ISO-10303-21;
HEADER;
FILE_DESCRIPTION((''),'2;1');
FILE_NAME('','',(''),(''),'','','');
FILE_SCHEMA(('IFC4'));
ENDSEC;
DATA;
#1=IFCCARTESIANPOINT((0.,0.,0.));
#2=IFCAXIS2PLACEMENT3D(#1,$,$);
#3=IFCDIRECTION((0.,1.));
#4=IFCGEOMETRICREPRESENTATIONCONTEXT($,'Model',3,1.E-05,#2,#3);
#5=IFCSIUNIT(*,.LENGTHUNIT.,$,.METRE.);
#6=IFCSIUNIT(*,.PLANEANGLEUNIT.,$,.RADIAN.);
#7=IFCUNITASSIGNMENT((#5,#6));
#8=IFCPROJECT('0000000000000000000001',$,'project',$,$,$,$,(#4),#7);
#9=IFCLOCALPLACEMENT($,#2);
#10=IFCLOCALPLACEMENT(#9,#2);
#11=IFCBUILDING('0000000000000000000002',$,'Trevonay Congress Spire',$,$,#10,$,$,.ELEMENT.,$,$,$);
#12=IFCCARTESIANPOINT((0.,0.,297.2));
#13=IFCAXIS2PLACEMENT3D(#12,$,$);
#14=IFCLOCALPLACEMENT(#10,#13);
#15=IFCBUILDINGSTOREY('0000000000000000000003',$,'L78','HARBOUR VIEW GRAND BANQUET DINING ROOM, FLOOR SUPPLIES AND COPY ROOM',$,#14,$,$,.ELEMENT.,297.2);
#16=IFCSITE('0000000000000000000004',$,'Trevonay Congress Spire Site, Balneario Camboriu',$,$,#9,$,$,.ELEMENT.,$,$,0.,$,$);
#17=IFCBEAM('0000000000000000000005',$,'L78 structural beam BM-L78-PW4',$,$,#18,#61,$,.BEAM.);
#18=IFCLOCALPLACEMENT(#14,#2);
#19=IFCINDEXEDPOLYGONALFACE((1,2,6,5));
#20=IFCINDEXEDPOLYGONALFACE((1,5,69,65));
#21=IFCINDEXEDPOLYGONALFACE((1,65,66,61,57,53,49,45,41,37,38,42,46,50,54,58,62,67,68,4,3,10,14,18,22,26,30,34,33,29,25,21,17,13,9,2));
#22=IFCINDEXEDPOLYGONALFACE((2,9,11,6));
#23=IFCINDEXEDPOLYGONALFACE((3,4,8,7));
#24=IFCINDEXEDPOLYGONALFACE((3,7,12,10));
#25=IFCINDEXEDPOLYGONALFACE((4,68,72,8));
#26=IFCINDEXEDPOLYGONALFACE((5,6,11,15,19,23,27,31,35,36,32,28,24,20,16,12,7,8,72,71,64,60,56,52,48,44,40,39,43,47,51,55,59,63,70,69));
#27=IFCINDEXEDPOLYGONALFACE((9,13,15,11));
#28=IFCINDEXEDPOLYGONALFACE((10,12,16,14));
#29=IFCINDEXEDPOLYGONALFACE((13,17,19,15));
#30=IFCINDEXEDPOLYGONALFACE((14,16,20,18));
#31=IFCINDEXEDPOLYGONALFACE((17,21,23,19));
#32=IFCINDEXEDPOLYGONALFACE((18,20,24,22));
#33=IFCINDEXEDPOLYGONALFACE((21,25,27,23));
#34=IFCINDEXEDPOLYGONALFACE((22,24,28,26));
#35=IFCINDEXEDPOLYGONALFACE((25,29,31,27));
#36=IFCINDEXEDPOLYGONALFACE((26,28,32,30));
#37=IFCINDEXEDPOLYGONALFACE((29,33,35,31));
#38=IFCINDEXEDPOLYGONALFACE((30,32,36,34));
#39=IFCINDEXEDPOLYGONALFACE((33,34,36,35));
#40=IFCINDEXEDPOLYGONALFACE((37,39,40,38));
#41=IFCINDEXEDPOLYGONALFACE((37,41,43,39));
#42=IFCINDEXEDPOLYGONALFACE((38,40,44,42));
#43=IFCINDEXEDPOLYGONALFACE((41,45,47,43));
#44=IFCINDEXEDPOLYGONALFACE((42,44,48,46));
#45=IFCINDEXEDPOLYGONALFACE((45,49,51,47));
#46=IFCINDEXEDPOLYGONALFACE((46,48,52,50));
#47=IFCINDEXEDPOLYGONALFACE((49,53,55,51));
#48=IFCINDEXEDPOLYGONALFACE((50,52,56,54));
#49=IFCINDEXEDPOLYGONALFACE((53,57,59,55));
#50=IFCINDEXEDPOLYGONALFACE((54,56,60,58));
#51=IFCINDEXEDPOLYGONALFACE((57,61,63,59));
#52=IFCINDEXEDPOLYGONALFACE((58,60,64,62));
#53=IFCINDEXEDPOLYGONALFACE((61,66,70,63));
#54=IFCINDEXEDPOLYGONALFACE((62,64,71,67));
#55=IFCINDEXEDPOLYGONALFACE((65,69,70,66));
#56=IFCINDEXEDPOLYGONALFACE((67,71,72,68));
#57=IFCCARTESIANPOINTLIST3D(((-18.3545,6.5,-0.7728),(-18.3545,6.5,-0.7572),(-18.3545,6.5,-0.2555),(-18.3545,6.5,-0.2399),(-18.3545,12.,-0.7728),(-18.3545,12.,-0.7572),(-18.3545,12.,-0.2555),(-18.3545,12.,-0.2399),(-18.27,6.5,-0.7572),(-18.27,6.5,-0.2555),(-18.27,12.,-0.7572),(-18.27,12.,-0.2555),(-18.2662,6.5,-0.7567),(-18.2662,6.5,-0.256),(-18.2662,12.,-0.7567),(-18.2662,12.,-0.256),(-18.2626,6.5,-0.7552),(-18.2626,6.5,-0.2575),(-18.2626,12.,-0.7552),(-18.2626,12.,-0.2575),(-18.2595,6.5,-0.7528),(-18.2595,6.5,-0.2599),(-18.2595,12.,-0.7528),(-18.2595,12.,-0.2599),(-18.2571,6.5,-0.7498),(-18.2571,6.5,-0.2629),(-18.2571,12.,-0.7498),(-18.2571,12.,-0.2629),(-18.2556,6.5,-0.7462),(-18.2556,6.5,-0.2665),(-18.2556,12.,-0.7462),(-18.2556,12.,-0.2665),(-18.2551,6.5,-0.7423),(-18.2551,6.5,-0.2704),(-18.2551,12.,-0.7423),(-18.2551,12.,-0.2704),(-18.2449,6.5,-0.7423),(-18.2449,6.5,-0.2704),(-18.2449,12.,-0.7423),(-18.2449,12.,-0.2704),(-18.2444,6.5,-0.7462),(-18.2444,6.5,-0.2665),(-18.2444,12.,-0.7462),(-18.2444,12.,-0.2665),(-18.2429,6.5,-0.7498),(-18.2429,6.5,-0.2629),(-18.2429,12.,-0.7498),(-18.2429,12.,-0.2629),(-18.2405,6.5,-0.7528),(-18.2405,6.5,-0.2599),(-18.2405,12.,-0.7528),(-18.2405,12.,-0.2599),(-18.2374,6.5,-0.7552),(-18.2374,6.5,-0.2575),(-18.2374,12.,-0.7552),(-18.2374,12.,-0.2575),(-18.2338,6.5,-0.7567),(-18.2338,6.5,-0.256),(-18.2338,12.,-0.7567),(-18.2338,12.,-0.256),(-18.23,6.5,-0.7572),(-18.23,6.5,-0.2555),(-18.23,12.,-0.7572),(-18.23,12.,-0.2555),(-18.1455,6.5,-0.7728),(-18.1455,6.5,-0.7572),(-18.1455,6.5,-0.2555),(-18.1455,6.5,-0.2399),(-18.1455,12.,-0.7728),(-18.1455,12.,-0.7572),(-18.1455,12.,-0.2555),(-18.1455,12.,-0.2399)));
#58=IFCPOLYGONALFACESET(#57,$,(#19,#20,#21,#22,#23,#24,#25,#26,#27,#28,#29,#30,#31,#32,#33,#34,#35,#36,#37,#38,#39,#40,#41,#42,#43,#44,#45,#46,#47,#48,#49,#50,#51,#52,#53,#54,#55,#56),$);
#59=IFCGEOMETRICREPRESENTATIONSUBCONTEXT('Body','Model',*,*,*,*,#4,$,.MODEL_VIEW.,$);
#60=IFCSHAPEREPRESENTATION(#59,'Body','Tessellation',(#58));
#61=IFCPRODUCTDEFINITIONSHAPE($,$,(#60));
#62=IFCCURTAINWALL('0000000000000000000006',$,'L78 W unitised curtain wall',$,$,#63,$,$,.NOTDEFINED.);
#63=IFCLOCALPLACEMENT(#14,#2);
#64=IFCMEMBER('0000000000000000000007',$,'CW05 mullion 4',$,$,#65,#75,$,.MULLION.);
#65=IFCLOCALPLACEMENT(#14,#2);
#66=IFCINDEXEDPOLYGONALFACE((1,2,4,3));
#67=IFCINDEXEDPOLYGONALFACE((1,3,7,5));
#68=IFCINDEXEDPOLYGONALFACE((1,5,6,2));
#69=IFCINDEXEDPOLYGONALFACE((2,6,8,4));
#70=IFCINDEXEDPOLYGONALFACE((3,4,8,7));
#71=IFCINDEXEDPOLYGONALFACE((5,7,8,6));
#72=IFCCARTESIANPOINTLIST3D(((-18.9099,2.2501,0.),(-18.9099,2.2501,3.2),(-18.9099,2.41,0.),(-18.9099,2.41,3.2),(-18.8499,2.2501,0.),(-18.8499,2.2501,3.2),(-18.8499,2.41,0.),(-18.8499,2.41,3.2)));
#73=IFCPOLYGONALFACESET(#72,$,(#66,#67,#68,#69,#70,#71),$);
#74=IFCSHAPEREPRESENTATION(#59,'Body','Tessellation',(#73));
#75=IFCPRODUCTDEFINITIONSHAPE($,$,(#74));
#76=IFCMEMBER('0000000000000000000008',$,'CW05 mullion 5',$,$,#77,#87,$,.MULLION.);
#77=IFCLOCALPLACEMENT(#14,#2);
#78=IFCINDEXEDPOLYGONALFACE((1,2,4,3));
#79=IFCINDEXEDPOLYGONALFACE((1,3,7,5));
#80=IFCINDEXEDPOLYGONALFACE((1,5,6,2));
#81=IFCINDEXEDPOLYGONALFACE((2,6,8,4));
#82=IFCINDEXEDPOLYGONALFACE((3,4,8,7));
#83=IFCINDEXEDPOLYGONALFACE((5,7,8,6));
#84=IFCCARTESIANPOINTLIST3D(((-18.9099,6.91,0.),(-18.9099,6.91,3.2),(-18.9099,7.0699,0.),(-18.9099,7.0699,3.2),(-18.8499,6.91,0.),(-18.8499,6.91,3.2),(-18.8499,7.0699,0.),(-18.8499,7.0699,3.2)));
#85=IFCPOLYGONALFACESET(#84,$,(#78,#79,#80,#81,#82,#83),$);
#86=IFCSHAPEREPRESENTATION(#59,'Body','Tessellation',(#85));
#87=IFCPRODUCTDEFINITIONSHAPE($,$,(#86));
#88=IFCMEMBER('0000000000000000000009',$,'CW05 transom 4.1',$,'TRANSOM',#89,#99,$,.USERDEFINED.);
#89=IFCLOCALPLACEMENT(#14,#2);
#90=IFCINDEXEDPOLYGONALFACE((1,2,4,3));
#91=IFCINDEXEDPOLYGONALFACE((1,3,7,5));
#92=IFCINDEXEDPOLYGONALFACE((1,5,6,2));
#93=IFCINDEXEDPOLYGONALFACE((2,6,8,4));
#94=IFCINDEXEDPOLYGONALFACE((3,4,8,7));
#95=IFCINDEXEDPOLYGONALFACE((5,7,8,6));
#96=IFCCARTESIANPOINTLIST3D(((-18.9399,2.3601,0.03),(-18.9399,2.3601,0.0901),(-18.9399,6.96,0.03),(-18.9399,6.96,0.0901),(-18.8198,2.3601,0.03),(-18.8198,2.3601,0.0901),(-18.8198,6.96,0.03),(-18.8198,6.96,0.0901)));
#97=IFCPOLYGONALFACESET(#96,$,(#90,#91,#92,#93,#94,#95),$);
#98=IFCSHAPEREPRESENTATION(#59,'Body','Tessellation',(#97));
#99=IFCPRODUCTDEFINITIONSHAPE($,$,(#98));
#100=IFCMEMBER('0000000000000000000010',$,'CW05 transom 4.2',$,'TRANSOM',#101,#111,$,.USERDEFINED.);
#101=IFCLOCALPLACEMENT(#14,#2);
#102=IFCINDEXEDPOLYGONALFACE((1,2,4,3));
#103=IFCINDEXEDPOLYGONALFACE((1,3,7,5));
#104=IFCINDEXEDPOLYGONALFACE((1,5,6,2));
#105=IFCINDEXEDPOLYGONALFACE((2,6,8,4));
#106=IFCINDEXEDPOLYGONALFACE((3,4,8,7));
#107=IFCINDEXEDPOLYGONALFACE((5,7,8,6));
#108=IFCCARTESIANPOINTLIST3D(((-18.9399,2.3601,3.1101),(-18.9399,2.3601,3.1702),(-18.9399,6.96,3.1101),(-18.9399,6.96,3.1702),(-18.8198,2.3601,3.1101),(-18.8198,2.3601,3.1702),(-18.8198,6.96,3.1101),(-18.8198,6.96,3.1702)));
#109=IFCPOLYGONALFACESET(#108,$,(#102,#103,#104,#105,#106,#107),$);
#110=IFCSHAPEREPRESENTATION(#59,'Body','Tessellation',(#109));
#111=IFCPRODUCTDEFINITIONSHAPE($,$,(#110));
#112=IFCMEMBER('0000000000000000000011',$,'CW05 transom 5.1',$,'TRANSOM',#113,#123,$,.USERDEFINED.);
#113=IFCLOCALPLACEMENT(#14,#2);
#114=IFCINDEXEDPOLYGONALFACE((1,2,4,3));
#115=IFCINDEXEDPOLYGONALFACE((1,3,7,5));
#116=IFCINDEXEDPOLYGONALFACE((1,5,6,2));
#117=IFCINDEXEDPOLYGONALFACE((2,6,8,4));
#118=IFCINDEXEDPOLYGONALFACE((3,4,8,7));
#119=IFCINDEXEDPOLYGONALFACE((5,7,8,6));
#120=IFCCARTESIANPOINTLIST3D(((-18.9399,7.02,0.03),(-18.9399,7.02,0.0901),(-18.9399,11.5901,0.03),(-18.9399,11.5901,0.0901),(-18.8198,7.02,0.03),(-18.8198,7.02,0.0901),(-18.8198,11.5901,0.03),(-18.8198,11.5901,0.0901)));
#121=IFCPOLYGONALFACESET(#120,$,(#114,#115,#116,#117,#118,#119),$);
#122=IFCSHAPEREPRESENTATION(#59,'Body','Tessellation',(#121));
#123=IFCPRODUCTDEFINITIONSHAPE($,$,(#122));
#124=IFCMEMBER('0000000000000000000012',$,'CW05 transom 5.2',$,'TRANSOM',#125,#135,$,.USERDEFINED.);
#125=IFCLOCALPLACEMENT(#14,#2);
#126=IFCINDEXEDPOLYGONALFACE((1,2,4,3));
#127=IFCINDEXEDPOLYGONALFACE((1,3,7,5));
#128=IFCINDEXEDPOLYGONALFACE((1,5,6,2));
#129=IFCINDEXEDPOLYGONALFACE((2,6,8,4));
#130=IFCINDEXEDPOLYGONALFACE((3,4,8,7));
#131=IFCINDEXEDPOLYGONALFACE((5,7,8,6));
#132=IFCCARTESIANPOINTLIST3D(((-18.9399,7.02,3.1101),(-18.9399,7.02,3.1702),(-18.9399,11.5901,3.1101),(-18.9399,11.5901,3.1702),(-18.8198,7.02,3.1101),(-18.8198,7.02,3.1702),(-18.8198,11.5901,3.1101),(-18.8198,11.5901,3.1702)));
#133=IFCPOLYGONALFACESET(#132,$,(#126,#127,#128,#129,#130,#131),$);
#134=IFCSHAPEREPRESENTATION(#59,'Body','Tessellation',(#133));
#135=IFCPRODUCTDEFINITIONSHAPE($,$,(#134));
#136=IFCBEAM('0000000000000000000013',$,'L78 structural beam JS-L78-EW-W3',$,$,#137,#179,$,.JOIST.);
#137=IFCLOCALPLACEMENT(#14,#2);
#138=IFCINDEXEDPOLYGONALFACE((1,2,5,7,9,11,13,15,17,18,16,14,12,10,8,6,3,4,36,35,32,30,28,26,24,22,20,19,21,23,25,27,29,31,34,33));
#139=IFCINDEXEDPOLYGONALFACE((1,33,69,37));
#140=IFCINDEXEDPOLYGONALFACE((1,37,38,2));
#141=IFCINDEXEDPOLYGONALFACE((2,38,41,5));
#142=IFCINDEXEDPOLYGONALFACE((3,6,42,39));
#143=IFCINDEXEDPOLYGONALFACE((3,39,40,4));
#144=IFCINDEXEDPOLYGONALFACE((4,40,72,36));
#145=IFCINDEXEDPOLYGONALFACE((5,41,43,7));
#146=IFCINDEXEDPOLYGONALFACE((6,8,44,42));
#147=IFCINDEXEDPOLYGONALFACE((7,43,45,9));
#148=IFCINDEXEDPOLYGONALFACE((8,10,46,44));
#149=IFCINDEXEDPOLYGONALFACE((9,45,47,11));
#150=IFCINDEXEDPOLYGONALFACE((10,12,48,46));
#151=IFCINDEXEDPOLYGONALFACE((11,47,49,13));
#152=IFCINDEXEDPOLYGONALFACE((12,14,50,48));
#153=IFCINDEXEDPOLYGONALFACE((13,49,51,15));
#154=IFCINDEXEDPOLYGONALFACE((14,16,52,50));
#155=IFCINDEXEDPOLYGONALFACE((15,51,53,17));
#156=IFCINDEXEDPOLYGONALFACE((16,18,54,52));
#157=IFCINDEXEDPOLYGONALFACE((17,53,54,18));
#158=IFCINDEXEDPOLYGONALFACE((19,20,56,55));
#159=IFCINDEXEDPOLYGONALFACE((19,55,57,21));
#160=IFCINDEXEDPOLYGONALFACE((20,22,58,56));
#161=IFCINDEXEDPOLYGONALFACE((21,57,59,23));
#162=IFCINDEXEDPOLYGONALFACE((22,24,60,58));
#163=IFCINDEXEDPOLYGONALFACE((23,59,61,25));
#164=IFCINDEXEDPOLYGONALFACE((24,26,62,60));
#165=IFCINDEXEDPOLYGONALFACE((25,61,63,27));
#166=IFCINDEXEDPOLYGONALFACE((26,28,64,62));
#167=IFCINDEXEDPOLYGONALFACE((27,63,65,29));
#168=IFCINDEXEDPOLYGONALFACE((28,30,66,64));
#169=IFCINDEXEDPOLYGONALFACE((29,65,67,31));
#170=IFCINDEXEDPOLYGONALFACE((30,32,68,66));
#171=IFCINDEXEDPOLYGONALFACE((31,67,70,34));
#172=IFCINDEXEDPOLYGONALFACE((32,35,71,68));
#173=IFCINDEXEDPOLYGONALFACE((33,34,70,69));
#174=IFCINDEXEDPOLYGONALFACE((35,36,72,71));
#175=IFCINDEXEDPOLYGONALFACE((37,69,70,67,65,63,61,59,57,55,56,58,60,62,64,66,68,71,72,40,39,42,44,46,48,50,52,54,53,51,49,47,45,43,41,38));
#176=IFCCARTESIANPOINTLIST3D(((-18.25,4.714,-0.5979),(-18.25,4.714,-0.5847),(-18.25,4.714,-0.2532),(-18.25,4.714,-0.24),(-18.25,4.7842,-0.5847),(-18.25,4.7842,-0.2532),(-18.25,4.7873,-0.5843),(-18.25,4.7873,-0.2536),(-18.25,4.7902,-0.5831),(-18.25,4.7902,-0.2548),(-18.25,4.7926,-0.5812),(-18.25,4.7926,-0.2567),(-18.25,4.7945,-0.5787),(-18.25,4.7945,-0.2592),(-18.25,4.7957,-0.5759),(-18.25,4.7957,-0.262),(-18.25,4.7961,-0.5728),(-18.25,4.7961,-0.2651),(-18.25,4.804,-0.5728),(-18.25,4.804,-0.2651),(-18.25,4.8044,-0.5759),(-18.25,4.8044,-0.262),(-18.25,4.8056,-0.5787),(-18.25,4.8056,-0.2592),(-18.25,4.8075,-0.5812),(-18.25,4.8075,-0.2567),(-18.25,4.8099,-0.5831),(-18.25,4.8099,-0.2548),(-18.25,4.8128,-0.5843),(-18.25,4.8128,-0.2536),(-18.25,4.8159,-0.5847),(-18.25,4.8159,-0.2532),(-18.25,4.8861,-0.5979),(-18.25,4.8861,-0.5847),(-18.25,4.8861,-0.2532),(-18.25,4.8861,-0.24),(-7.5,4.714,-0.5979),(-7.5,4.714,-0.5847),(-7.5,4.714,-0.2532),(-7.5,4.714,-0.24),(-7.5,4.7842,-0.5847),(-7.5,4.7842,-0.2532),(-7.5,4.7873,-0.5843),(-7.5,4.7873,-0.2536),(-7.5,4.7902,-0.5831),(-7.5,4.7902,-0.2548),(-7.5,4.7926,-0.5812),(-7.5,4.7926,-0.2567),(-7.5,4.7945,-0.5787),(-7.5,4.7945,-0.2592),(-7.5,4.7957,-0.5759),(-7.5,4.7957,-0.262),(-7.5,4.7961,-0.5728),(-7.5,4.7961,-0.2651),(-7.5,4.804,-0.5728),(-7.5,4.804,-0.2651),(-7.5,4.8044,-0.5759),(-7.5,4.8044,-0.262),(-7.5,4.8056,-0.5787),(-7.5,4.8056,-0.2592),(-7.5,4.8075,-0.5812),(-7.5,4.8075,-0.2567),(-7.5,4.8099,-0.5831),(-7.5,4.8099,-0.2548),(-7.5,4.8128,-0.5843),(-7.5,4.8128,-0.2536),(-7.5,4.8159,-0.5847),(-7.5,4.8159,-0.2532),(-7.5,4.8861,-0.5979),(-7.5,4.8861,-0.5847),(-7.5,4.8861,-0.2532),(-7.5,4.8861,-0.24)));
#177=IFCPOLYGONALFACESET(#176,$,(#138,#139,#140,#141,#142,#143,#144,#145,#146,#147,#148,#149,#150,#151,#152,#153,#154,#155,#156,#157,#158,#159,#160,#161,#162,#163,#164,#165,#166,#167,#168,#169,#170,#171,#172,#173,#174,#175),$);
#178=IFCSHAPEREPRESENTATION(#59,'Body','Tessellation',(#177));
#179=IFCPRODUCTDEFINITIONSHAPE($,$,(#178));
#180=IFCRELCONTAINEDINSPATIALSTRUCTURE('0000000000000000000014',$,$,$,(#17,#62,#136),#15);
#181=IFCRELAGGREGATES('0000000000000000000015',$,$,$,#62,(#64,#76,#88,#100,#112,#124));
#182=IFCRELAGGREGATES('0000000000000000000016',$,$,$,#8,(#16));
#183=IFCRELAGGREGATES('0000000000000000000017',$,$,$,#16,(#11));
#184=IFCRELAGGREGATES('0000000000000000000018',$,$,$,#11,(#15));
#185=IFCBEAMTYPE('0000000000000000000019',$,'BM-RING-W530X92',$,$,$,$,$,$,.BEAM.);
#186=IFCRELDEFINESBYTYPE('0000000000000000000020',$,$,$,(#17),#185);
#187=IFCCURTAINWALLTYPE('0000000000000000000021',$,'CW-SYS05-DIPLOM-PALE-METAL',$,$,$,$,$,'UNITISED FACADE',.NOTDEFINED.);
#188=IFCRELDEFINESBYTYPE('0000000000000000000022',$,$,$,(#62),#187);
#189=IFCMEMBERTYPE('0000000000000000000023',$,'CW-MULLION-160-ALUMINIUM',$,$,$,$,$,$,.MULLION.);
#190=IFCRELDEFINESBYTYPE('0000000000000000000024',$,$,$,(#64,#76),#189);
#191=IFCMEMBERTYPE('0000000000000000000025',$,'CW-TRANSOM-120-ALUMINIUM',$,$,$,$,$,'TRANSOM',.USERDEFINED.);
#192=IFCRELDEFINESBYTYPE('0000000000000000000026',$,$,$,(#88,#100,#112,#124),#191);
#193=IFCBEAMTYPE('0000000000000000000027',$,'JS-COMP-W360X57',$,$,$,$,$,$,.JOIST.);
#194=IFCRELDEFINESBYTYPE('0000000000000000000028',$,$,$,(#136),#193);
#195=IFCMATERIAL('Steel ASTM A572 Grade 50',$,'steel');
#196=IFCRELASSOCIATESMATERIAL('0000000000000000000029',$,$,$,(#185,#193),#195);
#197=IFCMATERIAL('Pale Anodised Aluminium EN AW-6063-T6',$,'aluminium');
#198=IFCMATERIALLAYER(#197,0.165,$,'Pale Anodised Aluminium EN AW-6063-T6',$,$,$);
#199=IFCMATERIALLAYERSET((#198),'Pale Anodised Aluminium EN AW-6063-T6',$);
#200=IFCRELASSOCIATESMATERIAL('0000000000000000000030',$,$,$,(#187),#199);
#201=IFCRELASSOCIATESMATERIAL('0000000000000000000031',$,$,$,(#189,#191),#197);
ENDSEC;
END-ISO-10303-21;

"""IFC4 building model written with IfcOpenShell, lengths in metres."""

from ifc_helpers import new_model, si_unit, direction, frame, origin, origin_2d, place, context, subcontext, project, spatial, rectangle, i_section, extrude, material, layer, layer_set, material_profile, profile_set, type_object, element, aggregate, save


model = new_model("IFC4")

# Units and contexts
model_context = context("Model", 3, precision=1e-05, world=origin(), true_north=direction((0.0, 1.0)))
body_context = subcontext(model_context, "Body", "Model", "MODEL_VIEW")
ifc_project = project(units=[si_unit("LENGTHUNIT", "METRE"), si_unit("PLANEANGLEUNIT", "RADIAN")], contexts=[model_context])

# Site, building, storey
site_placement = place(None, origin())
site = spatial("IfcSite", under=ifc_project, at=site_placement, Name="Trevonay Congress Spire Site, Balneario Camboriu", CompositionType="ELEMENT", RefElevation=0.0)
building_placement = place(site_placement, origin())
building = spatial("IfcBuilding", under=site, at=building_placement, Name="Trevonay Congress Spire", CompositionType="ELEMENT")
storey_placement = place(building_placement, frame((0.0, 0.0, 297.2)))
storey = spatial("IfcBuildingStorey", under=building, at=storey_placement, Name="L78", Description="HARBOUR VIEW GRAND BANQUET DINING ROOM, FLOOR SUPPLIES AND COPY ROOM", CompositionType="ELEMENT", Elevation=297.2)

# Shared definitions
ifc_material_1 = material(Name="Steel ASTM A572 Grade 50", Category="steel")

# Beam
ifc_material_profile_1 = material_profile(ifc_material_1, i_section(OverallWidth=0.209, OverallDepth=0.533, WebThickness=0.0103, FlangeThickness=0.0156, FilletRadius=0.0149, at=origin_2d()), Name="W530x92")
ifc_profile_set_1 = profile_set([ifc_material_profile_1], Name="Steel ASTM A572 Grade 50")
beam_type_1 = type_object("IfcBeamType", Name="BM-RING-W530X92", PredefinedType="BEAM", material=ifc_profile_set_1)
beam_1_placement = place(storey_placement, frame((-18.25, 6.5, -0.5063), z_axis=(0.0, 1.0, 0.0), x_axis=(-1.0, 0.0, 0.0)))
element("IfcBeam", 1, at=beam_1_placement, inside=storey, type_object=beam_type_1, Name="L78 structural beam BM-L78-PW4", PredefinedType="BEAM", context=body_context, shape_type="SweptSolid", body=[
    extrude(i_section(OverallWidth=0.209, OverallDepth=0.533, WebThickness=0.0103, FlangeThickness=0.0156, FilletRadius=0.0149, at=origin_2d()), origin(), (0.0, 0.0, 1.0), 5.5),
])

# Curtain wall, members
ifc_material_2 = material(Name="Pale Anodised Aluminium EN AW-6063-T6", Category="aluminium")
ifc_layer_1 = layer(ifc_material_2, 0.165, Name="Pale Anodised Aluminium EN AW-6063-T6")
ifc_layer_set_1 = layer_set([ifc_layer_1], Name="Pale Anodised Aluminium EN AW-6063-T6")
curtain_wall_type = type_object("IfcCurtainWallType", Name="CW-SYS05-DIPLOM-PALE-METAL", ElementType="UNITISED FACADE", PredefinedType="NOTDEFINED", material=ifc_layer_set_1)
curtain_wall_placement = place(storey_placement, origin())
curtain_wall = element("IfcCurtainWall", 2, at=curtain_wall_placement, inside=storey, type_object=curtain_wall_type, Name="L78 W unitised curtain wall", PredefinedType="NOTDEFINED")
ifc_material_profile_2 = material_profile(ifc_material_2, rectangle(XDim=0.0601, YDim=0.1599, at=origin_2d()), Name="CW-MULLION-160-ALUMINIUM")
ifc_profile_set_2 = profile_set([ifc_material_profile_2], Name="Pale Anodised Aluminium EN AW-6063-T6")
member_type_1 = type_object("IfcMemberType", Name="CW-MULLION-160-ALUMINIUM", PredefinedType="MULLION", material=ifc_profile_set_2)
member_1_placement = place(storey_placement, frame((-18.8799, 2.3301, 0.0), z_axis=(0.0, 0.0, 1.0), x_axis=(-1.0, 0.0, 0.0)))
member_1 = element("IfcMember", 3, at=member_1_placement, type_object=member_type_1, Name="CW05 mullion 4", PredefinedType="MULLION", context=body_context, shape_type="SweptSolid", body=[
    extrude(rectangle(XDim=0.0601, YDim=0.1599, at=origin_2d()), origin(), (0.0, 0.0, 1.0), 3.2),
])
member_2_placement = place(storey_placement, frame((-18.8799, 6.99, 0.0), z_axis=(0.0, 0.0, 1.0), x_axis=(-1.0, 0.0, 0.0)))
member_2 = element("IfcMember", 4, at=member_2_placement, type_object=member_type_1, Name="CW05 mullion 5", PredefinedType="MULLION", context=body_context, shape_type="SweptSolid", body=[
    extrude(rectangle(XDim=0.0601, YDim=0.1599, at=origin_2d()), origin(), (0.0, 0.0, 1.0), 3.2),
])
ifc_material_profile_3 = material_profile(ifc_material_2, rectangle(XDim=0.1201, YDim=0.0601, at=origin_2d()), Name="CW-TRANSOM-120-ALUMINIUM")
ifc_profile_set_3 = profile_set([ifc_material_profile_3], Name="Pale Anodised Aluminium EN AW-6063-T6")
member_type_2 = type_object("IfcMemberType", Name="CW-TRANSOM-120-ALUMINIUM", ElementType="TRANSOM", PredefinedType="USERDEFINED", material=ifc_profile_set_3)
member_3_placement = place(storey_placement, frame((-18.8799, 2.3601, 0.0601), z_axis=(0.0, 1.0, 0.0), x_axis=(-1.0, 0.0, 0.0)))
member_3 = element("IfcMember", 5, at=member_3_placement, type_object=member_type_2, Name="CW05 transom 4.1", ObjectType="TRANSOM", PredefinedType="USERDEFINED", context=body_context, shape_type="SweptSolid", body=[
    extrude(rectangle(XDim=0.1201, YDim=0.0601, at=origin_2d()), origin(), (0.0, 0.0, 1.0), 4.5999),
])
member_4_placement = place(storey_placement, frame((-18.8799, 2.3601, 3.1401), z_axis=(0.0, 1.0, 0.0), x_axis=(-1.0, 0.0, 0.0)))
member_4 = element("IfcMember", 6, at=member_4_placement, type_object=member_type_2, Name="CW05 transom 4.2", ObjectType="TRANSOM", PredefinedType="USERDEFINED", context=body_context, shape_type="SweptSolid", body=[
    extrude(rectangle(XDim=0.1201, YDim=0.0601, at=origin_2d()), origin(), (0.0, 0.0, 1.0), 4.5999),
])
member_5_placement = place(storey_placement, frame((-18.8799, 7.02, 0.0601), z_axis=(0.0, 1.0, 0.0), x_axis=(-1.0, 0.0, 0.0)))
member_5 = element("IfcMember", 7, at=member_5_placement, type_object=member_type_2, Name="CW05 transom 5.1", ObjectType="TRANSOM", PredefinedType="USERDEFINED", context=body_context, shape_type="SweptSolid", body=[
    extrude(rectangle(XDim=0.1201, YDim=0.0601, at=origin_2d()), origin(), (0.0, 0.0, 1.0), 4.5701),
])
member_6_placement = place(storey_placement, frame((-18.8799, 7.02, 3.1401), z_axis=(0.0, 1.0, 0.0), x_axis=(-1.0, 0.0, 0.0)))
member_6 = element("IfcMember", 8, at=member_6_placement, type_object=member_type_2, Name="CW05 transom 5.2", ObjectType="TRANSOM", PredefinedType="USERDEFINED", context=body_context, shape_type="SweptSolid", body=[
    extrude(rectangle(XDim=0.1201, YDim=0.0601, at=origin_2d()), origin(), (0.0, 0.0, 1.0), 4.5701),
])

# Beam
ifc_material_profile_4 = material_profile(ifc_material_1, i_section(OverallWidth=0.1721, OverallDepth=0.3579, WebThickness=0.0078, FlangeThickness=0.0132, FilletRadius=0.012, at=origin_2d()), Name="W360x57.8")
ifc_profile_set_4 = profile_set([ifc_material_profile_4], Name="Steel ASTM A572 Grade 50")
beam_type_2 = type_object("IfcBeamType", Name="JS-COMP-W360X57", PredefinedType="JOIST", material=ifc_profile_set_4)
beam_2_placement = place(storey_placement, frame((-18.25, 4.8, -0.4189), z_axis=(1.0, 0.0, 0.0), x_axis=(0.0, 1.0, 0.0)))
element("IfcBeam", 9, at=beam_2_placement, inside=storey, type_object=beam_type_2, Name="L78 structural beam JS-L78-EW-W3", PredefinedType="JOIST", context=body_context, shape_type="SweptSolid", body=[
    extrude(i_section(OverallWidth=0.1721, OverallDepth=0.3579, WebThickness=0.0078, FlangeThickness=0.0132, FilletRadius=0.012, at=origin_2d()), origin(), (0.0, 0.0, 1.0), 10.75),
])

aggregate(curtain_wall, [member_1, member_2, member_3, member_4, member_5, member_6])

save(model, "model.ifc")
